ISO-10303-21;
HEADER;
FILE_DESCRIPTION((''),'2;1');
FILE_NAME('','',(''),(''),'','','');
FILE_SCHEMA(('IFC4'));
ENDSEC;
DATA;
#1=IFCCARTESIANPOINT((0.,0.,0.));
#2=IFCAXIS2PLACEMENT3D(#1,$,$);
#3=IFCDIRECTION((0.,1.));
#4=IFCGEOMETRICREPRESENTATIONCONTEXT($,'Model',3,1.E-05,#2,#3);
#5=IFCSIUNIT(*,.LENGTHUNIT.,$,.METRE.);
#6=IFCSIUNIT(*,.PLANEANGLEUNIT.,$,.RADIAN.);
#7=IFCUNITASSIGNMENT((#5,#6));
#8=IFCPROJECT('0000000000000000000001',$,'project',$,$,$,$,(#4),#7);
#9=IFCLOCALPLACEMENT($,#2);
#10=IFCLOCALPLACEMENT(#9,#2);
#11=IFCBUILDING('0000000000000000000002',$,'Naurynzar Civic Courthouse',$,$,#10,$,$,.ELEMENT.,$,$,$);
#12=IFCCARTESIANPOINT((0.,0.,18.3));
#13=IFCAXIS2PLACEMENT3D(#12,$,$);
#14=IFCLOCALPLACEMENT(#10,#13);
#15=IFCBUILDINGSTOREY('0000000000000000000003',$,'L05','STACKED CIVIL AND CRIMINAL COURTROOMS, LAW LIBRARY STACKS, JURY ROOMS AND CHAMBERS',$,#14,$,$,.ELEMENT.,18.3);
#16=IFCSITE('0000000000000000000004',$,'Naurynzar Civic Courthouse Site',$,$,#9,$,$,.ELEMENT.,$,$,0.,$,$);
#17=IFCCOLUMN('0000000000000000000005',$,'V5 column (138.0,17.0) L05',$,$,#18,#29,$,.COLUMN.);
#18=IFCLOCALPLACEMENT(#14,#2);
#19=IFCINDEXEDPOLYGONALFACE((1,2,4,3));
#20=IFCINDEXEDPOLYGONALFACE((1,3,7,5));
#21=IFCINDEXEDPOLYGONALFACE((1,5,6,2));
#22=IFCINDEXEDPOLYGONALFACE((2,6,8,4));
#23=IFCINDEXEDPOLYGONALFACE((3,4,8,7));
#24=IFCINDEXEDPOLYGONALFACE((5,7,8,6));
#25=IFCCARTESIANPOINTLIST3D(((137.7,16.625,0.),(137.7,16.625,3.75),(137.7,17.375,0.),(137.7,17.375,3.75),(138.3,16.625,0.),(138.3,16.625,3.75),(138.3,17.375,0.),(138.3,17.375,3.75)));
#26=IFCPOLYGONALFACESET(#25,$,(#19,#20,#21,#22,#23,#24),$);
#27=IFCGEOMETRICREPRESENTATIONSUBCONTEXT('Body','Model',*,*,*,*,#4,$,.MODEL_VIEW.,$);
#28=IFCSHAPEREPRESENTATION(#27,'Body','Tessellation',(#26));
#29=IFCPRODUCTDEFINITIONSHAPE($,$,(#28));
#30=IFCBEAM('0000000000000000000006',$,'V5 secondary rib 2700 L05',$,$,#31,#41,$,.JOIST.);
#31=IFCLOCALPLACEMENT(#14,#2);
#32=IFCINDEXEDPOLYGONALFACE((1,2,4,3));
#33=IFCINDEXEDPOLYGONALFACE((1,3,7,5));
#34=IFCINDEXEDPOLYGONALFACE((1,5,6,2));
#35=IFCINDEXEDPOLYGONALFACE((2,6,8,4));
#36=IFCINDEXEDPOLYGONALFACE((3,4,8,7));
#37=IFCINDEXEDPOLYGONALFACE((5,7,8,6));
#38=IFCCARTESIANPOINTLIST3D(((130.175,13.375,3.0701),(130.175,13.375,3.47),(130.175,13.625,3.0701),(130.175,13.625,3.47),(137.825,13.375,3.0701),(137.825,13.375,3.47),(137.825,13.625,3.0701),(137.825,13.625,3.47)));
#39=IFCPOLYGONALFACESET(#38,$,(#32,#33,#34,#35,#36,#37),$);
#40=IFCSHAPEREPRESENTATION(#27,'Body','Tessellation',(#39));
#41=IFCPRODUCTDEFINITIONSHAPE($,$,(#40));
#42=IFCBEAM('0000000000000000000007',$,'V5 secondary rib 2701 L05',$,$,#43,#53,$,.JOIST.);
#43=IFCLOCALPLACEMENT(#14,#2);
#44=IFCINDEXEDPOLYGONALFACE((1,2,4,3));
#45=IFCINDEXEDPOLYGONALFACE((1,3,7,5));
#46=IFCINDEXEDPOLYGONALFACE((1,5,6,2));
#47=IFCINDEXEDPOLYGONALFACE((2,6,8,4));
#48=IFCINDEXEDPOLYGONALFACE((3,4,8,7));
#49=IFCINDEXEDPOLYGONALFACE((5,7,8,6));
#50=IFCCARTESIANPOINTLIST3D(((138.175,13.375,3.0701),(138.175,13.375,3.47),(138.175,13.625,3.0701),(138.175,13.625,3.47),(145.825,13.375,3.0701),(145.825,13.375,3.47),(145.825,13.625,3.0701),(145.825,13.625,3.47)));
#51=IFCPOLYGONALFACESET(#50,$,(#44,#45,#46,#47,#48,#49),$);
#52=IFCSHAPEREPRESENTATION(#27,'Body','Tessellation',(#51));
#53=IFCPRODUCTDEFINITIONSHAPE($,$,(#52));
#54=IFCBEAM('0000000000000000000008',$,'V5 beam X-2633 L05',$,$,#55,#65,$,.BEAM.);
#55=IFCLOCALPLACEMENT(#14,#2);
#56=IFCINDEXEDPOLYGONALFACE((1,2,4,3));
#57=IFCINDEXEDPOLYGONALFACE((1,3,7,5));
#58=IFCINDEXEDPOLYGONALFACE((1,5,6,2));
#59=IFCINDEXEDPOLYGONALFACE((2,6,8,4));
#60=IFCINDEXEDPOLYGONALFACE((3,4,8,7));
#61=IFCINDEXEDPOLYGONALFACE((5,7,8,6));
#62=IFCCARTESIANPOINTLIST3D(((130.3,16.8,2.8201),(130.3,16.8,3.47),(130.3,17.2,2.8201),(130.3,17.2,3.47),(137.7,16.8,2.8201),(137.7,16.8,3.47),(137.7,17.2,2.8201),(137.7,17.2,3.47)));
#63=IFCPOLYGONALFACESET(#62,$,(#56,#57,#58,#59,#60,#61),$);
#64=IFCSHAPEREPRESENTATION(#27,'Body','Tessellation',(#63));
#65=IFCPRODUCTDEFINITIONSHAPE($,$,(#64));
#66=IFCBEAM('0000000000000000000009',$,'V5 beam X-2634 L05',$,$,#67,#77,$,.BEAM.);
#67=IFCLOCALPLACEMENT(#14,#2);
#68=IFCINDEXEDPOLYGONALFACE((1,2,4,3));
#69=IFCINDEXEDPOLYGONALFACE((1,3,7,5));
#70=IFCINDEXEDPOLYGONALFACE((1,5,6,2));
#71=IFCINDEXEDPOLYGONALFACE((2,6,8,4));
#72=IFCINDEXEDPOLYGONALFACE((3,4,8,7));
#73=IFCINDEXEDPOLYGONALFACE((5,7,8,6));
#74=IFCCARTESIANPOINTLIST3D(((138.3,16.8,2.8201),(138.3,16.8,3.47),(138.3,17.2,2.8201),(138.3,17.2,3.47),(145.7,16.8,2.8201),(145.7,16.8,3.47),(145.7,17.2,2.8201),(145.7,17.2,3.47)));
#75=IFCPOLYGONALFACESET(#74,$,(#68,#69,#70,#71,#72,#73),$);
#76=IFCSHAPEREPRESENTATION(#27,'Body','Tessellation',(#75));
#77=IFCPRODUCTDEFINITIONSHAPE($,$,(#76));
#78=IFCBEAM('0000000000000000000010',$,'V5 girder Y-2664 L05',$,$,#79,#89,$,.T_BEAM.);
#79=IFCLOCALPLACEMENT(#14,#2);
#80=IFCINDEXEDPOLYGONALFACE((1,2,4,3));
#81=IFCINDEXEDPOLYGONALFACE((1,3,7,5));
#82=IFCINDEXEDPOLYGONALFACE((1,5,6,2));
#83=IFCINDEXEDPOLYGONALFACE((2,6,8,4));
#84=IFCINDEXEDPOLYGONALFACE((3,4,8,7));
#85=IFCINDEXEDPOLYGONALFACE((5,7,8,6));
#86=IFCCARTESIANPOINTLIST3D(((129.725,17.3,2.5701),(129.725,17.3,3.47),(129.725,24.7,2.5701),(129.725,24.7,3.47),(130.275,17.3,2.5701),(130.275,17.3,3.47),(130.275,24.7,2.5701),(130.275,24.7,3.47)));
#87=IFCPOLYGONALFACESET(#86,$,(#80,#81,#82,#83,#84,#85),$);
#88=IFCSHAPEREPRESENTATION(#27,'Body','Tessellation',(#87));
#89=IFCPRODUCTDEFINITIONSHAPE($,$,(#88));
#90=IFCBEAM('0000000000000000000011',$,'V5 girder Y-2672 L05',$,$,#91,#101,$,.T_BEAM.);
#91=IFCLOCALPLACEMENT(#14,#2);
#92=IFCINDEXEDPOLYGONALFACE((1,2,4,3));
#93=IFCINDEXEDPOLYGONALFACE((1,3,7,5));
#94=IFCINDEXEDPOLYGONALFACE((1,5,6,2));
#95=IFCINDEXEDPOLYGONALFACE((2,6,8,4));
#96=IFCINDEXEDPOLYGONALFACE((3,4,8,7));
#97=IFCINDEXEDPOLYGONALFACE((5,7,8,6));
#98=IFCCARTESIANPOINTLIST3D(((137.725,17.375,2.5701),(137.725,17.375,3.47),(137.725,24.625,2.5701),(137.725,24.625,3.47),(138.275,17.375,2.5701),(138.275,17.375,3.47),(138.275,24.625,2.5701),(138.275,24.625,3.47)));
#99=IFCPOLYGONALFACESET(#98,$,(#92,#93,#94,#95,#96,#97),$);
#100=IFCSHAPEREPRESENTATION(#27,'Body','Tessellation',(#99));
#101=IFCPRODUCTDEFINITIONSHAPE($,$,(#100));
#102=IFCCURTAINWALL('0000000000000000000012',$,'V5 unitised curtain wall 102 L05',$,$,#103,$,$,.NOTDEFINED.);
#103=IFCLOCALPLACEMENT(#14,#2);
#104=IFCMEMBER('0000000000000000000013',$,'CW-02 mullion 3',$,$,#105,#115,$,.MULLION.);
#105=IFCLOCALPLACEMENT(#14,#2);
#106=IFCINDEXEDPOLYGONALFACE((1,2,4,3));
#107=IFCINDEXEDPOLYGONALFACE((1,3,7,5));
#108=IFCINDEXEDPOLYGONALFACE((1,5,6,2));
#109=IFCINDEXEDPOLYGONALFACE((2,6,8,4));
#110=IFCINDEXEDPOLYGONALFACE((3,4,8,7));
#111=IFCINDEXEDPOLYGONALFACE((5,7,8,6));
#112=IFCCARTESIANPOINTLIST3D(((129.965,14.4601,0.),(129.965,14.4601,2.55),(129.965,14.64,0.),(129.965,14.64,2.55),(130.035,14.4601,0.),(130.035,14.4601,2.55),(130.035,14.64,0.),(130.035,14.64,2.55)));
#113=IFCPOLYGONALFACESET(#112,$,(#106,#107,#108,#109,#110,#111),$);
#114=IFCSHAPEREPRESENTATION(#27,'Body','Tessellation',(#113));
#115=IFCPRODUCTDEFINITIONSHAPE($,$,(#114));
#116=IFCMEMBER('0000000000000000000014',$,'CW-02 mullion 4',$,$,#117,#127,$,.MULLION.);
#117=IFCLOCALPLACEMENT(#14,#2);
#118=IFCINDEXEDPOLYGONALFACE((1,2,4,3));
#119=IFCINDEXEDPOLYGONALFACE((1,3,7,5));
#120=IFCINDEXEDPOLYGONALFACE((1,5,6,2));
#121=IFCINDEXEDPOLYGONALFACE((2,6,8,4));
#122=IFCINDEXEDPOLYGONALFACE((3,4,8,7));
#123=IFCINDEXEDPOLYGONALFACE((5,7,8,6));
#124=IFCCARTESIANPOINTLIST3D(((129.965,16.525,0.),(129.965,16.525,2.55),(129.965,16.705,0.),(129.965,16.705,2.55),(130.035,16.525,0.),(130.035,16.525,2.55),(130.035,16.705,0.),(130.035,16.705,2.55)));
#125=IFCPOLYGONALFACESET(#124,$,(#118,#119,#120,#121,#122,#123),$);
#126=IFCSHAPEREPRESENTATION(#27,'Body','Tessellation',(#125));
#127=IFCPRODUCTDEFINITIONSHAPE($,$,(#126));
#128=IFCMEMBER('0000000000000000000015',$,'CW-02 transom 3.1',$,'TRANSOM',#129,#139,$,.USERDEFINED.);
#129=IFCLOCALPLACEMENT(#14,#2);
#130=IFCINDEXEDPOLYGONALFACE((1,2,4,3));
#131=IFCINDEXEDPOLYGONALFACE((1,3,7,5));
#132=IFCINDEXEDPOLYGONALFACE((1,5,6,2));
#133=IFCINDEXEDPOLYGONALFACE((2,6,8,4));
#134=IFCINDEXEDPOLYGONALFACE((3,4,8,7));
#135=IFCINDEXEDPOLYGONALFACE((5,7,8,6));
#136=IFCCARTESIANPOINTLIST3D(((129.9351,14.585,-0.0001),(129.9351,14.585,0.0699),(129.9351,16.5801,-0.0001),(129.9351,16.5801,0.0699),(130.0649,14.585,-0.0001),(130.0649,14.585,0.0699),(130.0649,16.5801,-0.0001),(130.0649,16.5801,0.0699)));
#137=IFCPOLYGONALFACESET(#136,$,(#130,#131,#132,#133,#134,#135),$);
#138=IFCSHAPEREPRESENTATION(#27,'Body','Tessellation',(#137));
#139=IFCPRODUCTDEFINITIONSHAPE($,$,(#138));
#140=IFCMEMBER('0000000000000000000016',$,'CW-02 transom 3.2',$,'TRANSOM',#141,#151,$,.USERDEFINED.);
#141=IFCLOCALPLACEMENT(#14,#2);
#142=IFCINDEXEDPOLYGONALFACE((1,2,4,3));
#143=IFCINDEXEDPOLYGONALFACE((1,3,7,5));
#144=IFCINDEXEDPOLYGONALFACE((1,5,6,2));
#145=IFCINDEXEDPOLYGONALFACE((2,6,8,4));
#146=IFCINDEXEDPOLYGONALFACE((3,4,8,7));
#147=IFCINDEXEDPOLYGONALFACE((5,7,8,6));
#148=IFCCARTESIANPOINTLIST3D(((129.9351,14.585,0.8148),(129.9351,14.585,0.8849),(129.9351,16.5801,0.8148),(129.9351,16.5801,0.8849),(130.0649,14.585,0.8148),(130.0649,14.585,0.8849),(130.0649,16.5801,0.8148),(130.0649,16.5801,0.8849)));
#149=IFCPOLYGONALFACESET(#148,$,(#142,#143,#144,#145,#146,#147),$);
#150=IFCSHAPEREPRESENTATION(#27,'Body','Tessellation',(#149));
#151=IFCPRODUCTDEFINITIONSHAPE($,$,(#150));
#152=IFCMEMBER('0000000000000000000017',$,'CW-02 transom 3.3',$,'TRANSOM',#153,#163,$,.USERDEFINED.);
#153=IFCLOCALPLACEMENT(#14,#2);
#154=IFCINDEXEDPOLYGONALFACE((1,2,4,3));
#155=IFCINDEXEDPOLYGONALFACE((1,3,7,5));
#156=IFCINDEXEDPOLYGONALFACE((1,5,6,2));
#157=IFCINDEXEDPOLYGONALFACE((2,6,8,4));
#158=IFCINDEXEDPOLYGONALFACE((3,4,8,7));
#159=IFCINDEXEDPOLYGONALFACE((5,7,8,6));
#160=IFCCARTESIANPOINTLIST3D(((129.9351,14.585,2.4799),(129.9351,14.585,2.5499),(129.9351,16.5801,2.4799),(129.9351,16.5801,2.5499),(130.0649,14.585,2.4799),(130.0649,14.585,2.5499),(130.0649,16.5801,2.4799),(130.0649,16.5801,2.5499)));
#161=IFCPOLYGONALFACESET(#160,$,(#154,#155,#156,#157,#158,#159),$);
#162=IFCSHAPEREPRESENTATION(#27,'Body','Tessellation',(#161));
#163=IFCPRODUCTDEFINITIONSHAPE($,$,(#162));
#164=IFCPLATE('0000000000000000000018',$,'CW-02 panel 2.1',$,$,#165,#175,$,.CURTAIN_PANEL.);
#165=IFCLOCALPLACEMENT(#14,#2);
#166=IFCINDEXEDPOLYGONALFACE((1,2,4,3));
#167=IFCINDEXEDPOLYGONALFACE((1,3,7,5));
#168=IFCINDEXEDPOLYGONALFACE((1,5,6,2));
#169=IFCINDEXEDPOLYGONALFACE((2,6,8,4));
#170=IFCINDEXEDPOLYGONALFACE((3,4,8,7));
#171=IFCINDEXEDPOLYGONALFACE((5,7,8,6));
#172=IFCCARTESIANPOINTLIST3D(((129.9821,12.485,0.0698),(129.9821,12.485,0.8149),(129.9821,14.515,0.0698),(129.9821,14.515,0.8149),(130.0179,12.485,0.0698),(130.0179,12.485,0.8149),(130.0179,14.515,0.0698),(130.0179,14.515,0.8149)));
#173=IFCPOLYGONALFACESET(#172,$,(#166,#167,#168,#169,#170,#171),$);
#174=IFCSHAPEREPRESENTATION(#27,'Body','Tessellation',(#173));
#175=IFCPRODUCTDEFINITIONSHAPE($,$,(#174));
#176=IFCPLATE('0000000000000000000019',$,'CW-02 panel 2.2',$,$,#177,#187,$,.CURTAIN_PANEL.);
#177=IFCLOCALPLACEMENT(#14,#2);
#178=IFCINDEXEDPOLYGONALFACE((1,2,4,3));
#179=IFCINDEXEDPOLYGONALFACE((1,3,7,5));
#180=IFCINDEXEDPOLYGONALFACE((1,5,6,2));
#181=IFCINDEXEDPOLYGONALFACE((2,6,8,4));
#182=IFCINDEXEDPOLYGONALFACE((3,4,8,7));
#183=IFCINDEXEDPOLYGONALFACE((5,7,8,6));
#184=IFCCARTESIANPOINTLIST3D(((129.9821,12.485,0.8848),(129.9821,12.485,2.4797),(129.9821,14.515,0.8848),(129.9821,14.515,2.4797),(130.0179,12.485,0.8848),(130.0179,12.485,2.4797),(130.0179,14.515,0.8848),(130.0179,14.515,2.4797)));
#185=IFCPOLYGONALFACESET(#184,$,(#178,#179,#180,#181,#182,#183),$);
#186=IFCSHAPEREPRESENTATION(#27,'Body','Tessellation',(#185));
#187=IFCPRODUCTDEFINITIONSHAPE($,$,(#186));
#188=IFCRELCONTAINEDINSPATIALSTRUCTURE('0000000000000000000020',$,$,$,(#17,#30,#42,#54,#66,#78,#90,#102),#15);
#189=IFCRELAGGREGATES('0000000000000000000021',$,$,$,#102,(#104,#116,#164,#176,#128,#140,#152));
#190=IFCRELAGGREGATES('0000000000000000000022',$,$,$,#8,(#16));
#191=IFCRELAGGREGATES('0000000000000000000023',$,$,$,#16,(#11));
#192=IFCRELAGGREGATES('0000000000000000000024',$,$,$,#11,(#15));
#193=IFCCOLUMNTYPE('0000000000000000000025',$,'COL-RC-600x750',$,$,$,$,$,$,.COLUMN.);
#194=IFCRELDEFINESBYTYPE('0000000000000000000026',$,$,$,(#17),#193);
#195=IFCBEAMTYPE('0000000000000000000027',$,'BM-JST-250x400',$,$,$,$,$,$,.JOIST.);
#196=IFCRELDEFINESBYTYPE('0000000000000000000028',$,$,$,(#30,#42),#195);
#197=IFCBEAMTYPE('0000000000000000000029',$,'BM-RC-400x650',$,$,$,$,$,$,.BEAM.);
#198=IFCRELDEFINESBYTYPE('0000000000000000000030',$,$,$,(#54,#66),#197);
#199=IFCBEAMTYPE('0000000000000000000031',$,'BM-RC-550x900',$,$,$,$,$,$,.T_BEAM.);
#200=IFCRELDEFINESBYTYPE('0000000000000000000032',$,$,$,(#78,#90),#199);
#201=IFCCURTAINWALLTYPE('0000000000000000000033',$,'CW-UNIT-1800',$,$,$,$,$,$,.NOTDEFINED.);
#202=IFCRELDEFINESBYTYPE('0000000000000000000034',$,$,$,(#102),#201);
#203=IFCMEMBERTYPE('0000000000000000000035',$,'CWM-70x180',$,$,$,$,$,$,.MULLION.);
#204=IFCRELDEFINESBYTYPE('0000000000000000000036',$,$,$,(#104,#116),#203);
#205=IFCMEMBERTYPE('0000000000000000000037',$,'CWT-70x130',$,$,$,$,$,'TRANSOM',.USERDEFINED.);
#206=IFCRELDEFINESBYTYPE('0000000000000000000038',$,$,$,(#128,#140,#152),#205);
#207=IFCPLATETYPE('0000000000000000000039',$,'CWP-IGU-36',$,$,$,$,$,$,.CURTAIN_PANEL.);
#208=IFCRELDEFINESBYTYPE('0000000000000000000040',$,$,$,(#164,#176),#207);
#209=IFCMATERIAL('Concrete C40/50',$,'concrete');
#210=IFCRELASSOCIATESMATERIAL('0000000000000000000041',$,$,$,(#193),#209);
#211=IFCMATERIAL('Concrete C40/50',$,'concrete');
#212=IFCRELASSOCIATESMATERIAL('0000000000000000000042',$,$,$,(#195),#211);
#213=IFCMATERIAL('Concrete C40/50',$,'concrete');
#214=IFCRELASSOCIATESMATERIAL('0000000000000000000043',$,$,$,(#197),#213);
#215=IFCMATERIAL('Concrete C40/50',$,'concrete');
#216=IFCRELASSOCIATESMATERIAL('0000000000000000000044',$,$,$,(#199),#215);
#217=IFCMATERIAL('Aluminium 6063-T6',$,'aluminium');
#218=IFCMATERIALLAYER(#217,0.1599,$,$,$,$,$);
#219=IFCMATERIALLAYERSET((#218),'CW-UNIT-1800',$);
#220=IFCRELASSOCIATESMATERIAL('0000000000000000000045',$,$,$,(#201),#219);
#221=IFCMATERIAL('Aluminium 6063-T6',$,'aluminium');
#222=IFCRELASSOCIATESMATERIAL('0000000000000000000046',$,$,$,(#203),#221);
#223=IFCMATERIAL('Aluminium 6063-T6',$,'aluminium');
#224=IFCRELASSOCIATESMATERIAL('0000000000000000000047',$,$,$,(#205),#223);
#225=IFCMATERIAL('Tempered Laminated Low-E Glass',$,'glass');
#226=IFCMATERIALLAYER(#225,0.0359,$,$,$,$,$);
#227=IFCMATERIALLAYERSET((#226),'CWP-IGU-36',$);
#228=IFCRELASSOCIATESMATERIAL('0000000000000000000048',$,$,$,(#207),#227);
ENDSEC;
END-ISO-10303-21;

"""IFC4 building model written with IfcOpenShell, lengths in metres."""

from ifc_helpers import new_model, si_unit, direction, frame, origin, origin_2d, place, context, subcontext, project, spatial, rectangle, extrude, material, layer, layer_set, material_profile, profile_set, type_object, element, aggregate, save


model = new_model("IFC4")

# Units and contexts
model_context = context("Model", 3, precision=1e-05, world=origin(), true_north=direction((0.0, 1.0)))
body_context = subcontext(model_context, "Body", "Model", "MODEL_VIEW")
ifc_project = project(units=[si_unit("LENGTHUNIT", "METRE"), si_unit("PLANEANGLEUNIT", "RADIAN")], contexts=[model_context])

# Site, building, storey
site_placement = place(None, origin())
site = spatial("IfcSite", under=ifc_project, at=site_placement, Name="Naurynzar Civic Courthouse Site", CompositionType="ELEMENT", RefElevation=0.0)
building_placement = place(site_placement, origin())
building = spatial("IfcBuilding", under=site, at=building_placement, Name="Naurynzar Civic Courthouse", CompositionType="ELEMENT")
storey_placement = place(building_placement, frame((0.0, 0.0, 18.3)))
storey = spatial("IfcBuildingStorey", under=building, at=storey_placement, Name="L05", Description="STACKED CIVIL AND CRIMINAL COURTROOMS, LAW LIBRARY STACKS, JURY ROOMS AND CHAMBERS", CompositionType="ELEMENT", Elevation=18.3)

# Column
ifc_material_1 = material(Name="Concrete C40/50", Category="concrete")
ifc_material_profile_1 = material_profile(ifc_material_1, rectangle(XDim=0.6001, YDim=0.75, at=origin_2d()), Name="RC 600x750")
ifc_profile_set_1 = profile_set([ifc_material_profile_1], Name="Concrete C40/50")
column_type = type_object("IfcColumnType", Name="COL-RC-600x750", PredefinedType="COLUMN", material=ifc_profile_set_1)
column_placement = place(storey_placement, frame((138.0, 17.0, 0.0), z_axis=(0.0, 0.0, 1.0), x_axis=(1.0, 0.0, 0.0)))
element("IfcColumn", 1, at=column_placement, inside=storey, type_object=column_type, Name="V5 column (138.0,17.0) L05", PredefinedType="COLUMN", context=body_context, shape_type="SweptSolid", body=[
    extrude(rectangle(XDim=0.6001, YDim=0.75, at=origin_2d()), origin(), (0.0, 0.0, 1.0), 3.75),
])

# Beams
ifc_material_2 = material(Name="Concrete C40/50", Category="concrete")
ifc_material_profile_2 = material_profile(ifc_material_2, rectangle(XDim=0.25, YDim=0.3999, at=origin_2d()), Name="RCB 250x400")
ifc_profile_set_2 = profile_set([ifc_material_profile_2], Name="Concrete C40/50")
beam_type_1 = type_object("IfcBeamType", Name="BM-JST-250x400", PredefinedType="JOIST", material=ifc_profile_set_2)
for number, where, z_axis, x_axis, name in (
    (2, (130.175, 13.5, 3.27), (1.0, 0.0, 0.0), (0.0, 1.0, 0.0), "V5 secondary rib 2700 L05"),
    (3, (138.175, 13.5, 3.27), (1.0, 0.0, 0.0), (0.0, 1.0, 0.0), "V5 secondary rib 2701 L05"),
):
    element("IfcBeam", number, at=place(storey_placement, frame(where, z_axis=z_axis, x_axis=x_axis)), inside=storey, type_object=beam_type_1, Name=name, PredefinedType="JOIST", context=body_context, shape_type="SweptSolid", body=[
        extrude(rectangle(XDim=0.25, YDim=0.3999, at=origin_2d()), origin(), (0.0, 0.0, 1.0), 7.6499),
    ])
ifc_material_3 = material(Name="Concrete C40/50", Category="concrete")
ifc_material_profile_3 = material_profile(ifc_material_3, rectangle(XDim=0.3999, YDim=0.6499, at=origin_2d()), Name="RCB 400x650")
ifc_profile_set_3 = profile_set([ifc_material_profile_3], Name="Concrete C40/50")
beam_type_2 = type_object("IfcBeamType", Name="BM-RC-400x650", PredefinedType="BEAM", material=ifc_profile_set_3)
for number, where, z_axis, x_axis, name in (
    (4, (130.3, 17.0, 3.145), (1.0, 0.0, 0.0), (0.0, 1.0, 0.0), "V5 beam X-2633 L05"),
    (5, (138.3, 17.0, 3.145), (1.0, 0.0, 0.0), (0.0, 1.0, 0.0), "V5 beam X-2634 L05"),
):
    element("IfcBeam", number, at=place(storey_placement, frame(where, z_axis=z_axis, x_axis=x_axis)), inside=storey, type_object=beam_type_2, Name=name, PredefinedType="BEAM", context=body_context, shape_type="SweptSolid", body=[
        extrude(rectangle(XDim=0.3999, YDim=0.6499, at=origin_2d()), origin(), (0.0, 0.0, 1.0), 7.3999),
    ])
ifc_material_4 = material(Name="Concrete C40/50", Category="concrete")
ifc_material_profile_4 = material_profile(ifc_material_4, rectangle(XDim=0.55, YDim=0.8999, at=origin_2d()), Name="RCB 550x900")
ifc_profile_set_4 = profile_set([ifc_material_profile_4], Name="Concrete C40/50")
beam_type_3 = type_object("IfcBeamType", Name="BM-RC-550x900", PredefinedType="T_BEAM", material=ifc_profile_set_4)
beam_1_placement = place(storey_placement, frame((130.0, 17.3, 3.02), z_axis=(0.0, 1.0, 0.0), x_axis=(-1.0, 0.0, 0.0)))
element("IfcBeam", 6, at=beam_1_placement, inside=storey, type_object=beam_type_3, Name="V5 girder Y-2664 L05", PredefinedType="T_BEAM", context=body_context, shape_type="SweptSolid", body=[
    extrude(rectangle(XDim=0.55, YDim=0.8999, at=origin_2d()), origin(), (0.0, 0.0, 1.0), 7.3999),
])
beam_2_placement = place(storey_placement, frame((138.0, 17.375, 3.02), z_axis=(0.0, 1.0, 0.0), x_axis=(-1.0, 0.0, 0.0)))
element("IfcBeam", 7, at=beam_2_placement, inside=storey, type_object=beam_type_3, Name="V5 girder Y-2672 L05", PredefinedType="T_BEAM", context=body_context, shape_type="SweptSolid", body=[
    extrude(rectangle(XDim=0.55, YDim=0.8999, at=origin_2d()), origin(), (0.0, 0.0, 1.0), 7.25),
])

# Curtain wall, members, plates
ifc_material_5 = material(Name="Aluminium 6063-T6", Category="aluminium")
ifc_layer_1 = layer(ifc_material_5, 0.1599)
ifc_layer_set_1 = layer_set([ifc_layer_1], Name="CW-UNIT-1800")
curtain_wall_type = type_object("IfcCurtainWallType", Name="CW-UNIT-1800", PredefinedType="NOTDEFINED", material=ifc_layer_set_1)
curtain_wall_placement = place(storey_placement, origin())
curtain_wall = element("IfcCurtainWall", 8, at=curtain_wall_placement, inside=storey, type_object=curtain_wall_type, Name="V5 unitised curtain wall 102 L05", PredefinedType="NOTDEFINED")
ifc_material_6 = material(Name="Aluminium 6063-T6", Category="aluminium")
ifc_material_profile_5 = material_profile(ifc_material_6, rectangle(XDim=0.0701, YDim=0.1799, at=origin_2d()), Name="ALU MULLION 70x180")
ifc_profile_set_5 = profile_set([ifc_material_profile_5], Name="Aluminium 6063-T6")
member_type_1 = type_object("IfcMemberType", Name="CWM-70x180", PredefinedType="MULLION", material=ifc_profile_set_5)
member_1_placement = place(storey_placement, frame((130.0, 14.55, 0.0), z_axis=(0.0, 0.0, 1.0), x_axis=(-1.0, 0.0, 0.0)))
member_1 = element("IfcMember", 9, at=member_1_placement, type_object=member_type_1, Name="CW-02 mullion 3", PredefinedType="MULLION", context=body_context, shape_type="SweptSolid", body=[
    extrude(rectangle(XDim=0.0701, YDim=0.1799, at=origin_2d()), origin(), (0.0, 0.0, 1.0), 2.55),
])
member_2_placement = place(storey_placement, frame((130.0, 16.615, 0.0), z_axis=(0.0, 0.0, 1.0), x_axis=(-1.0, 0.0, 0.0)))
member_2 = element("IfcMember", 10, at=member_2_placement, type_object=member_type_1, Name="CW-02 mullion 4", PredefinedType="MULLION", context=body_context, shape_type="SweptSolid", body=[
    extrude(rectangle(XDim=0.0701, YDim=0.1799, at=origin_2d()), origin(), (0.0, 0.0, 1.0), 2.55),
])
ifc_material_7 = material(Name="Aluminium 6063-T6", Category="aluminium")
ifc_material_profile_6 = material_profile(ifc_material_7, rectangle(XDim=0.1299, YDim=0.0701, at=origin_2d()), Name="ALU TRANSOM 70x130")
ifc_profile_set_6 = profile_set([ifc_material_profile_6], Name="Aluminium 6063-T6")
member_type_2 = type_object("IfcMemberType", Name="CWT-70x130", ElementType="TRANSOM", PredefinedType="USERDEFINED", material=ifc_profile_set_6)
member_3_placement = place(storey_placement, frame((130.0, 14.585, 0.0349), z_axis=(0.0, 1.0, 0.0), x_axis=(-1.0, 0.0, 0.0)))
member_3 = element("IfcMember", 11, at=member_3_placement, type_object=member_type_2, Name="CW-02 transom 3.1", ObjectType="TRANSOM", PredefinedType="USERDEFINED", context=body_context, shape_type="SweptSolid", body=[
    extrude(rectangle(XDim=0.1299, YDim=0.0701, at=origin_2d()), origin(), (0.0, 0.0, 1.0), 1.9951),
])
member_4_placement = place(storey_placement, frame((130.0, 14.585, 0.8499), z_axis=(0.0, 1.0, 0.0), x_axis=(-1.0, 0.0, 0.0)))
member_4 = element("IfcMember", 12, at=member_4_placement, type_object=member_type_2, Name="CW-02 transom 3.2", ObjectType="TRANSOM", PredefinedType="USERDEFINED", context=body_context, shape_type="SweptSolid", body=[
    extrude(rectangle(XDim=0.1299, YDim=0.0701, at=origin_2d()), origin(), (0.0, 0.0, 1.0), 1.9951),
])
member_5_placement = place(storey_placement, frame((130.0, 14.585, 2.5149), z_axis=(0.0, 1.0, 0.0), x_axis=(-1.0, 0.0, 0.0)))
member_5 = element("IfcMember", 13, at=member_5_placement, type_object=member_type_2, Name="CW-02 transom 3.3", ObjectType="TRANSOM", PredefinedType="USERDEFINED", context=body_context, shape_type="SweptSolid", body=[
    extrude(rectangle(XDim=0.1299, YDim=0.0701, at=origin_2d()), origin(), (0.0, 0.0, 1.0), 1.9951),
])
ifc_material_8 = material(Name="Tempered Laminated Low-E Glass", Category="glass")
ifc_layer_2 = layer(ifc_material_8, 0.0359)
ifc_layer_set_2 = layer_set([ifc_layer_2], Name="CWP-IGU-36")
plate_type = type_object("IfcPlateType", Name="CWP-IGU-36", PredefinedType="CURTAIN_PANEL", material=ifc_layer_set_2)
plate_1_placement = place(storey_placement, frame((130.0, 13.5, 0.0698), z_axis=(0.0, 0.0, 1.0), x_axis=(0.0, 1.0, 0.0)))
plate_1 = element("IfcPlate", 14, at=plate_1_placement, type_object=plate_type, Name="CW-02 panel 2.1", PredefinedType="CURTAIN_PANEL", context=body_context, shape_type="SweptSolid", body=[
    extrude(rectangle(XDim=2.03, YDim=0.0359, at=origin_2d()), origin(), (0.0, 0.0, 1.0), 0.7451),
])
plate_2_placement = place(storey_placement, frame((130.0, 13.5, 0.8848), z_axis=(0.0, 0.0, 1.0), x_axis=(0.0, 1.0, 0.0)))
plate_2 = element("IfcPlate", 15, at=plate_2_placement, type_object=plate_type, Name="CW-02 panel 2.2", PredefinedType="CURTAIN_PANEL", context=body_context, shape_type="SweptSolid", body=[
    extrude(rectangle(XDim=2.03, YDim=0.0359, at=origin_2d()), origin(), (0.0, 0.0, 1.0), 1.595),
])
aggregate(curtain_wall, [member_1, member_2, plate_1, plate_2, member_3, member_4, member_5])

save(model, "model.ifc")
